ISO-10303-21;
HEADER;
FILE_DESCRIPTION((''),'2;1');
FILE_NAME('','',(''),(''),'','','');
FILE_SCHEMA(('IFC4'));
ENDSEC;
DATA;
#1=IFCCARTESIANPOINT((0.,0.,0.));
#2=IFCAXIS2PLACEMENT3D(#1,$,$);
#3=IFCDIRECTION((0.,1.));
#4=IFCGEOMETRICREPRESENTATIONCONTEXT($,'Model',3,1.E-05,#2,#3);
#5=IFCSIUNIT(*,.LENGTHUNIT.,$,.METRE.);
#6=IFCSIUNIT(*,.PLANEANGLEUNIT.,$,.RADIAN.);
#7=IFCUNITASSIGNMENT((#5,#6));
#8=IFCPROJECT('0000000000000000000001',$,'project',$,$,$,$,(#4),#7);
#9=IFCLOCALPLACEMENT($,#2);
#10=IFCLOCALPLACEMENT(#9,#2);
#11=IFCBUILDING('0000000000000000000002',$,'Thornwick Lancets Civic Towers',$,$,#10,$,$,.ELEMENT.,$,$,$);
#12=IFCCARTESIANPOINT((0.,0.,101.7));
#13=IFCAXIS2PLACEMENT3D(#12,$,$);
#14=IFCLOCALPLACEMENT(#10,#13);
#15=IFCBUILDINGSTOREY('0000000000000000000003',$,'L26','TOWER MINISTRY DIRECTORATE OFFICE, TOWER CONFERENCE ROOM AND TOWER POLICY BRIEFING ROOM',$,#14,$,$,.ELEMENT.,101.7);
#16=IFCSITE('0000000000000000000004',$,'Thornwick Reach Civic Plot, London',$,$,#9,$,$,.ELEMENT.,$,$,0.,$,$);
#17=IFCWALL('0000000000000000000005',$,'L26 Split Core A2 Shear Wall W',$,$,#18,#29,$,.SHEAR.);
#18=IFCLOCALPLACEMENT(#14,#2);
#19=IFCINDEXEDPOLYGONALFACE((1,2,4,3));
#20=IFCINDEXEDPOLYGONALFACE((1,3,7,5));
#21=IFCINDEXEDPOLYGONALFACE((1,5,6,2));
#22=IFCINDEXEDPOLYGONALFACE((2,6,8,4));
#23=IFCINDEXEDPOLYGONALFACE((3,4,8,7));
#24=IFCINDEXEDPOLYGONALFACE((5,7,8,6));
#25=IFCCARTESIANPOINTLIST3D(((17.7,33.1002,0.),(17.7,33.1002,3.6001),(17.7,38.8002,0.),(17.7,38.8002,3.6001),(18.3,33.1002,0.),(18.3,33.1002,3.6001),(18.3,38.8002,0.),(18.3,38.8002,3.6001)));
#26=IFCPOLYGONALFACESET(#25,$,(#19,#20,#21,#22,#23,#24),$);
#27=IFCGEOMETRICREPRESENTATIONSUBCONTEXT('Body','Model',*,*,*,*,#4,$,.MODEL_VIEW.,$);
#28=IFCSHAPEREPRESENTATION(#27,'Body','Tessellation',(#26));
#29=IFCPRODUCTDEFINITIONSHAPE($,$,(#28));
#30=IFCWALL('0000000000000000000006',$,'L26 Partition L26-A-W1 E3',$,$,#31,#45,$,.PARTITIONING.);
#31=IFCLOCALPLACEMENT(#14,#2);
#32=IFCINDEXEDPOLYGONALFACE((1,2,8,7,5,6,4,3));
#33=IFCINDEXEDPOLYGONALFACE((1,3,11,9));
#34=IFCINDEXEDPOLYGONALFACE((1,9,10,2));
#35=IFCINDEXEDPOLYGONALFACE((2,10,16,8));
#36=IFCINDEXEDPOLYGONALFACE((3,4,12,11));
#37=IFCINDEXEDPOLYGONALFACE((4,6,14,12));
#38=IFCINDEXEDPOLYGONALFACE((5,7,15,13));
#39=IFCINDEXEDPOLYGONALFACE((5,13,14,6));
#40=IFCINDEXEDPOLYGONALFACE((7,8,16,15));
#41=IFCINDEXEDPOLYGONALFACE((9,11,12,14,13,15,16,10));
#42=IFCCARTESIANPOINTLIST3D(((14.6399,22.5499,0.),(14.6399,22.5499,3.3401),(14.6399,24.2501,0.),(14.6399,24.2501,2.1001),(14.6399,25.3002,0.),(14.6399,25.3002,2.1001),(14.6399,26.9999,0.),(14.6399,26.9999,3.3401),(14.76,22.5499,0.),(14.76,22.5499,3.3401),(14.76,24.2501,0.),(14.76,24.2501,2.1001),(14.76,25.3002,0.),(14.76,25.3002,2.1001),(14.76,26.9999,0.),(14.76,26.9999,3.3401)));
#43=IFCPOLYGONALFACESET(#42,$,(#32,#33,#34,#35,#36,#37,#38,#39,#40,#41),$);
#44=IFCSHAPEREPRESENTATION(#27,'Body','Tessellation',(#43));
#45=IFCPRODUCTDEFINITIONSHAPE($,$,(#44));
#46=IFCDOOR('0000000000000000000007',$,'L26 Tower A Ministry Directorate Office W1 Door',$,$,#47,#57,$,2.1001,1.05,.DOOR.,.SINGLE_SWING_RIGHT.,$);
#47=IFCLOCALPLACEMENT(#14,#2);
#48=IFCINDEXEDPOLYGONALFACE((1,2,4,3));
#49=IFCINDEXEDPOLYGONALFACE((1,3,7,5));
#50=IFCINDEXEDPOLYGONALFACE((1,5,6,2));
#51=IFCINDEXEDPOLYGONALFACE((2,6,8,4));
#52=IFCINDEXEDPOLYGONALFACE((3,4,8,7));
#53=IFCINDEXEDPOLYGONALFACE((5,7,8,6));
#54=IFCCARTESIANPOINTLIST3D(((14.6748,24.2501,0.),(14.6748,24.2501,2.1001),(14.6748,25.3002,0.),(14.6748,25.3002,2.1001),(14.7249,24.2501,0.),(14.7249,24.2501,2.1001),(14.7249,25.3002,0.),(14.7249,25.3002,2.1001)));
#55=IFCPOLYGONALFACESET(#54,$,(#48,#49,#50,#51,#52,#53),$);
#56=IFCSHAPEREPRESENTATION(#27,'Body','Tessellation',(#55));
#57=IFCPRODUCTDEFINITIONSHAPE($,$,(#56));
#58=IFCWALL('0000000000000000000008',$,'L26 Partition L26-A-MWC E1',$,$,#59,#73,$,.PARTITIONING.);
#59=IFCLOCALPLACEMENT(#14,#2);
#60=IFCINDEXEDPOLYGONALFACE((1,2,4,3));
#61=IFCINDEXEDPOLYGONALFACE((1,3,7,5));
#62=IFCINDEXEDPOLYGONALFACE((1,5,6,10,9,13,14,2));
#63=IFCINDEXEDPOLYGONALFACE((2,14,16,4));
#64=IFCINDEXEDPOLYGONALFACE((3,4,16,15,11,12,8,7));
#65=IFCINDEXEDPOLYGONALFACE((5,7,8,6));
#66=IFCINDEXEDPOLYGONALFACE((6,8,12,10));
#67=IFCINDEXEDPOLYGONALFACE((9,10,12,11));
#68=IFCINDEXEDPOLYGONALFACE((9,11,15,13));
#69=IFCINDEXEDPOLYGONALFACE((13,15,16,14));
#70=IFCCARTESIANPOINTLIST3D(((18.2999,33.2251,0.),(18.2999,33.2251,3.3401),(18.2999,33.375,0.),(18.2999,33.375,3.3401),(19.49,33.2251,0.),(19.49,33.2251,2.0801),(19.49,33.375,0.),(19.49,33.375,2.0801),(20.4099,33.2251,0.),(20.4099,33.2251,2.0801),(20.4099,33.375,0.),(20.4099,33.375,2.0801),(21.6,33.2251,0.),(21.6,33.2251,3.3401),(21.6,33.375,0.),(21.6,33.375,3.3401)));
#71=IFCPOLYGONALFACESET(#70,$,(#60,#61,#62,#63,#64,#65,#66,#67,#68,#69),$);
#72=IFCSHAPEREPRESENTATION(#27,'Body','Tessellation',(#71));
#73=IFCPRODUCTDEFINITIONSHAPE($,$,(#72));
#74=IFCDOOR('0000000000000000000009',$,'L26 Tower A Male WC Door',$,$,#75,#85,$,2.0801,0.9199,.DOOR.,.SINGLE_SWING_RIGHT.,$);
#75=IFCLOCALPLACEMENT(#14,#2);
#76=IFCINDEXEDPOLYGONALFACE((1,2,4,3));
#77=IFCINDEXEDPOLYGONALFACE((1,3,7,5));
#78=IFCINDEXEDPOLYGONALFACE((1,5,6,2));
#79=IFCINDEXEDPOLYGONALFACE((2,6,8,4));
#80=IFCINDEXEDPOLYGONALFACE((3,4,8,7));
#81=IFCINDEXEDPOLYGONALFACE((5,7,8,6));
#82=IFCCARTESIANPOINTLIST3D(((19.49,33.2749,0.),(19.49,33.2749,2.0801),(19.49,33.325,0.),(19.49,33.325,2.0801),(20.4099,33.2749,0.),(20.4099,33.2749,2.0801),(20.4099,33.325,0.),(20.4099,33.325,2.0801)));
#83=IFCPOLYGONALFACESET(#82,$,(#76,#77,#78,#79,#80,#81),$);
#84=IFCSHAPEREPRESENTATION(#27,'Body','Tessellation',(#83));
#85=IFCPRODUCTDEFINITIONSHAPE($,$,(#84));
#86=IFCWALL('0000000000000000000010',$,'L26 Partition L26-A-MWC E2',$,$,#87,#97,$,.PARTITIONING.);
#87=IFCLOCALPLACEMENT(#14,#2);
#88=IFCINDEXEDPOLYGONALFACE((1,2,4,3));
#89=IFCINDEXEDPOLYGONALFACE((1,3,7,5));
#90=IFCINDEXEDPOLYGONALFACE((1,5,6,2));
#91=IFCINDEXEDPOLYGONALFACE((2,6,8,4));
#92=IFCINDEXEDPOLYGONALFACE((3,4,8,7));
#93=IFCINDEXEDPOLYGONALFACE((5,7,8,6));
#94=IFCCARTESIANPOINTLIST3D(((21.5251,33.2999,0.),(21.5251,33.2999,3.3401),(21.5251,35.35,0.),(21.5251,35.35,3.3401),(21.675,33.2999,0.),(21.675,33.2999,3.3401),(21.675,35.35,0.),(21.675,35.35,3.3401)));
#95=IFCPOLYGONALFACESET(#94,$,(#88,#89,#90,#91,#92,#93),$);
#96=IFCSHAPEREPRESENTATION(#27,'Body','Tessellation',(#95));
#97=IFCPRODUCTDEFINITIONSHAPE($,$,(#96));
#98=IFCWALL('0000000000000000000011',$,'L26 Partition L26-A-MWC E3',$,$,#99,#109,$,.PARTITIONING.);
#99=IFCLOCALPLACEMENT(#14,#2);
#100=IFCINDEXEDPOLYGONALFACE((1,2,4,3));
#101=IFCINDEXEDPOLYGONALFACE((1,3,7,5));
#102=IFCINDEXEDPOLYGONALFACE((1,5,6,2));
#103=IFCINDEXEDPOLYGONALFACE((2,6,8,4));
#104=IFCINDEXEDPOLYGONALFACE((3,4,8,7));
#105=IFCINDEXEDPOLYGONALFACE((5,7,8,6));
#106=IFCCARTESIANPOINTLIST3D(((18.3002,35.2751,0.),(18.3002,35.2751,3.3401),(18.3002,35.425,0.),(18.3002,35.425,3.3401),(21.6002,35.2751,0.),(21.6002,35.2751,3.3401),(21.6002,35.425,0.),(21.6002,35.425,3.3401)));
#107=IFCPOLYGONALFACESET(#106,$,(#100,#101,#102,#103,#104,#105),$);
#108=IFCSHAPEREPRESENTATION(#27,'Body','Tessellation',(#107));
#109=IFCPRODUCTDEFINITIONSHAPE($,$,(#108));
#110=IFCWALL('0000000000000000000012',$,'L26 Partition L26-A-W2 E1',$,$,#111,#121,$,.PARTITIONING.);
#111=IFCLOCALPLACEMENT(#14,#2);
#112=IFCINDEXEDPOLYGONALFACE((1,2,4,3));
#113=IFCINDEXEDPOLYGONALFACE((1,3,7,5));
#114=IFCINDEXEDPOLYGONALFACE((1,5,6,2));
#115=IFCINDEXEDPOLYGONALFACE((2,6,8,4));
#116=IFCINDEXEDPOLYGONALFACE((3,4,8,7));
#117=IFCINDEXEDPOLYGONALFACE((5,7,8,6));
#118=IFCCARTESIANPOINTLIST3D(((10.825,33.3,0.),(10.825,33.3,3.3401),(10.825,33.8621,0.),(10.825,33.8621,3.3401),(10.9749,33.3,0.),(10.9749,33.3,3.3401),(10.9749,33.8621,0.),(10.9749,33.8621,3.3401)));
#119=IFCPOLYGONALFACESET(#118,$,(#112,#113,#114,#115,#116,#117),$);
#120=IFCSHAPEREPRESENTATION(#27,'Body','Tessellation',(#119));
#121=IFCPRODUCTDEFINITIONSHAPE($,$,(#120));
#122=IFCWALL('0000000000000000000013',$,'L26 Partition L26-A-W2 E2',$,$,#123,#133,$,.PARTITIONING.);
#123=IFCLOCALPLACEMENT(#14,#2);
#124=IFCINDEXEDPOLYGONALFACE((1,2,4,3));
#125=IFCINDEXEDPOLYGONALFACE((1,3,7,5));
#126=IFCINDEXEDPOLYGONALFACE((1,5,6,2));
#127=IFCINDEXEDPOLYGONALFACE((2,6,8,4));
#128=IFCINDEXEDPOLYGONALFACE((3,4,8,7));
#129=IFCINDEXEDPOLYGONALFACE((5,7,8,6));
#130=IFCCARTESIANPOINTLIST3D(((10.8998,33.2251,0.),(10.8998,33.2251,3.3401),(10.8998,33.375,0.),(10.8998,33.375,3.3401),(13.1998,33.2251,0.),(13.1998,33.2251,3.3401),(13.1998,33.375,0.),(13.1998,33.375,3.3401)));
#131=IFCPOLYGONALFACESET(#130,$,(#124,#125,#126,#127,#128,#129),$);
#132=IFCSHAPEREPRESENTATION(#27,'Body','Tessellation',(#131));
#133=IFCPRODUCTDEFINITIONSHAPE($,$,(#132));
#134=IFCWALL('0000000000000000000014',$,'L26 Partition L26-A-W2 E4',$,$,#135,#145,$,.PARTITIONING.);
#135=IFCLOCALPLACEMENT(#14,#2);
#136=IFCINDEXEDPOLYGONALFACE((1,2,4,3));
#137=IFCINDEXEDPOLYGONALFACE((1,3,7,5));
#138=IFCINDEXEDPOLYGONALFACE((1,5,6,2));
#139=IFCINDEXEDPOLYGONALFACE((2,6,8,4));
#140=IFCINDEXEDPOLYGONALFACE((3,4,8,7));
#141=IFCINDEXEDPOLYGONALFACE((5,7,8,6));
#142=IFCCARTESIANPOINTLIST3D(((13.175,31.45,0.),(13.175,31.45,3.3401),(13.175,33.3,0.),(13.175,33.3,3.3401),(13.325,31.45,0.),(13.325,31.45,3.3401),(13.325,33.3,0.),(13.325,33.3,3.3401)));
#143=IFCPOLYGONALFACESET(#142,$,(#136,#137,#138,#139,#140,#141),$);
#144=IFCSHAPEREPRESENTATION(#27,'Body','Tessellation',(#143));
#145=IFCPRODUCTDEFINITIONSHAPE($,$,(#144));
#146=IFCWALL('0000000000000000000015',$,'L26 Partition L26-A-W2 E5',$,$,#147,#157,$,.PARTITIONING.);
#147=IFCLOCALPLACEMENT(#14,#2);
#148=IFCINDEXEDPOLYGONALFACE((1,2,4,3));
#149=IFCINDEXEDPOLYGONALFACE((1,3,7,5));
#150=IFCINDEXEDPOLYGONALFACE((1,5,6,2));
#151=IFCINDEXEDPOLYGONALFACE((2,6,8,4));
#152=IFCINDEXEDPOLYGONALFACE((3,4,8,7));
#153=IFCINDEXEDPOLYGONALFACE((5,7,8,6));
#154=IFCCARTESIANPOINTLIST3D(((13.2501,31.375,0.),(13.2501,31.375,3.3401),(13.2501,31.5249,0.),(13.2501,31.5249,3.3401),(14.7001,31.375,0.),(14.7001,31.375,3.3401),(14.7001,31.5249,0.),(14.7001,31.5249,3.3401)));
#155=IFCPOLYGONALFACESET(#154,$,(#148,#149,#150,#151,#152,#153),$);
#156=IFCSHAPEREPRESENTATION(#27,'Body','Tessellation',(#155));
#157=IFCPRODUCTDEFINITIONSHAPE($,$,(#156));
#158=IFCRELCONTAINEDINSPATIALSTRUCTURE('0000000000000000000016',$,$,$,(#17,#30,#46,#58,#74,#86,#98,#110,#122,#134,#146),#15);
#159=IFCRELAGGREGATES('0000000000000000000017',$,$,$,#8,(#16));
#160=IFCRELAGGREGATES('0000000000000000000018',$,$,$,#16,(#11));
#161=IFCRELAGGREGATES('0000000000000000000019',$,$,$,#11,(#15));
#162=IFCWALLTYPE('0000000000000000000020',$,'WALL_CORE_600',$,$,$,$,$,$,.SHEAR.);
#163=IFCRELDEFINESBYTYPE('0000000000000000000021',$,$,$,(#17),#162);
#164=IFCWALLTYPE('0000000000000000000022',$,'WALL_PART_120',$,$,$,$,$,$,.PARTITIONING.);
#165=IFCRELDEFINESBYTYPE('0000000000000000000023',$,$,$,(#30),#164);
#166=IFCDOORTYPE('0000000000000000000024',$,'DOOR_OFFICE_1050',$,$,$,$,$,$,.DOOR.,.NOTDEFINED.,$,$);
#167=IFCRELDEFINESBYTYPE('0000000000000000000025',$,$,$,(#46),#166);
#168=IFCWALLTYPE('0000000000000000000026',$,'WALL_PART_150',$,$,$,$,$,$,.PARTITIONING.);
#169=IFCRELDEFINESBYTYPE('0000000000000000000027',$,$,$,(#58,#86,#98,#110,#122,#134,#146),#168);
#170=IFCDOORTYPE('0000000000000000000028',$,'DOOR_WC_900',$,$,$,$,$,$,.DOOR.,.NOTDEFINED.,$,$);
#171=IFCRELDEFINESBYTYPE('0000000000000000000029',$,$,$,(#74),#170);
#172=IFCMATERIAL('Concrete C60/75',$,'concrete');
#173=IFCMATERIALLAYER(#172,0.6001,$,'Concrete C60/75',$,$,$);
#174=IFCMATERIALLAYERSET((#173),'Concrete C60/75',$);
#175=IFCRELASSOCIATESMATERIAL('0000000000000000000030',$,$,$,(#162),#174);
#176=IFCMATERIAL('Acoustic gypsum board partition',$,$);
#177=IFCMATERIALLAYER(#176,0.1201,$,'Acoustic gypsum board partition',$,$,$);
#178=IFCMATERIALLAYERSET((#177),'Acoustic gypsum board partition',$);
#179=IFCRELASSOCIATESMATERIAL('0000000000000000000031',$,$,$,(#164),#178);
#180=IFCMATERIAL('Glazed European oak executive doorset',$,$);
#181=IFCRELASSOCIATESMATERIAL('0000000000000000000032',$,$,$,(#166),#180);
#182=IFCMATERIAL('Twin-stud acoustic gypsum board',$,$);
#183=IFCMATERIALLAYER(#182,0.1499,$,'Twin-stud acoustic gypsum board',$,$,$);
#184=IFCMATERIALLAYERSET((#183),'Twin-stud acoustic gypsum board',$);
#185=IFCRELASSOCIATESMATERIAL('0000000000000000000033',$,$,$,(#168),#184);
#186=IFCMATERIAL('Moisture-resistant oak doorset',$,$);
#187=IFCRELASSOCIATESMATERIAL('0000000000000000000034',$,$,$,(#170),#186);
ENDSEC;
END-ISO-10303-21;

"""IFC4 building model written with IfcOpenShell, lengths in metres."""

from ifc_helpers import new_model, si_unit, direction, frame, frame_2d, origin, place, context, subcontext, project, spatial, rectangle, extrude, material, layer, layer_set, type_object, element, fill, save


model = new_model("IFC4")

# Units and contexts
model_context = context("Model", 3, precision=1e-05, world=origin(), true_north=direction((0.0, 1.0)))
body_context = subcontext(model_context, "Body", "Model", "MODEL_VIEW")
ifc_project = project(units=[si_unit("LENGTHUNIT", "METRE"), si_unit("PLANEANGLEUNIT", "RADIAN")], contexts=[model_context])

# Site, building, storey
site_placement = place(None, origin())
site = spatial("IfcSite", under=ifc_project, at=site_placement, Name="Thornwick Reach Civic Plot, London", CompositionType="ELEMENT", RefElevation=0.0)
building_placement = place(site_placement, origin())
building = spatial("IfcBuilding", under=site, at=building_placement, Name="Thornwick Lancets Civic Towers", CompositionType="ELEMENT")
storey_placement = place(building_placement, frame((0.0, 0.0, 101.7)))
storey = spatial("IfcBuildingStorey", under=building, at=storey_placement, Name="L26", Description="TOWER MINISTRY DIRECTORATE OFFICE, TOWER CONFERENCE ROOM AND TOWER POLICY BRIEFING ROOM", CompositionType="ELEMENT", Elevation=101.7)

# Shared definitions
ifc_material_1 = material(Name="Concrete C60/75", Category="concrete")

# Wall
ifc_layer_1 = layer(ifc_material_1, 0.6001, Name="Concrete C60/75")
ifc_layer_set_1 = layer_set([ifc_layer_1], Name="Concrete C60/75")
wall_type_1 = type_object("IfcWallType", Name="WALL_CORE_600", PredefinedType="SHEAR", material=ifc_layer_set_1)
wall_1_placement = place(storey_placement, frame((18.0, 33.1001, 0.0), z_axis=(0.0, 0.0, 1.0), x_axis=(0.0, 1.0, 0.0)))
element("IfcWall", 1, at=wall_1_placement, inside=storey, type_object=wall_type_1, Name="L26 Split Core A2 Shear Wall W", PredefinedType="SHEAR", context=body_context, shape_type="SweptSolid", body=[
    extrude(rectangle(XDim=5.7, YDim=0.6001, at=frame_2d((2.8501, 0.0))), origin(), (0.0, 0.0, 1.0), 3.6001),
])

# Walls, openings, doors
ifc_material_2 = material(Name="Acoustic gypsum board partition")
ifc_layer_2 = layer(ifc_material_2, 0.1201, Name="Acoustic gypsum board partition")
ifc_layer_set_2 = layer_set([ifc_layer_2], Name="Acoustic gypsum board partition")
wall_type_2 = type_object("IfcWallType", Name="WALL_PART_120", PredefinedType="PARTITIONING", material=ifc_layer_set_2)
wall_2_placement = place(storey_placement, frame((14.7, 27.0, 0.0), z_axis=(0.0, 0.0, 1.0), x_axis=(0.0, -1.0, 0.0)))
wall_2 = element("IfcWall", 2, at=wall_2_placement, inside=storey, type_object=wall_type_2, Name="L26 Partition L26-A-W1 E3", PredefinedType="PARTITIONING", context=body_context, shape_type="SweptSolid", body=[
    extrude(rectangle(XDim=4.45, YDim=0.1201, at=frame_2d((2.2251, 0.0))), origin(), (0.0, 0.0, 1.0), 3.3401),
])
opening_1_placement = place(wall_2_placement, frame((1.7, 0.0, 0.0)))
opening_1 = element("IfcOpeningElement", 3, at=opening_1_placement, cuts=wall_2, PredefinedType="OPENING", context=body_context, shape_type="SweptSolid", body=[
    extrude(rectangle(XDim=1.05, YDim=2.1001, at=frame_2d((0.5249, 1.05))), frame((0.0, 0.0701, 0.0), z_axis=(0.0, -1.0, 0.0), x_axis=(1.0, 0.0, 0.0)), (0.0, 0.0, 1.0), 0.1401),
])
ifc_material_3 = material(Name="Glazed European oak executive doorset")
door_type_1 = type_object("IfcDoorType", Name="DOOR_OFFICE_1050", OperationType="NOTDEFINED", PredefinedType="DOOR", material=ifc_material_3)
door_1_placement = place(opening_1_placement, origin())
door_1 = element("IfcDoor", 4, at=door_1_placement, inside=storey, type_object=door_type_1, Name="L26 Tower A Ministry Directorate Office W1 Door", OperationType="SINGLE_SWING_RIGHT", OverallHeight=2.1001, OverallWidth=1.05, PredefinedType="DOOR", context=body_context, shape_type="SweptSolid", body=[
    extrude(rectangle(XDim=1.05, YDim=2.1001, at=frame_2d((0.5249, 1.05))), frame((0.0, 0.0249, 0.0), z_axis=(0.0, -1.0, 0.0), x_axis=(1.0, 0.0, 0.0)), (0.0, 0.0, 1.0), 0.05),
])
fill(opening_1, door_1)
ifc_material_4 = material(Name="Twin-stud acoustic gypsum board")
ifc_layer_3 = layer(ifc_material_4, 0.1499, Name="Twin-stud acoustic gypsum board")
ifc_layer_set_3 = layer_set([ifc_layer_3], Name="Twin-stud acoustic gypsum board")
wall_type_3 = type_object("IfcWallType", Name="WALL_PART_150", PredefinedType="PARTITIONING", material=ifc_layer_set_3)
wall_3_placement = place(storey_placement, frame((18.3, 33.3, 0.0), z_axis=(0.0, 0.0, 1.0), x_axis=(1.0, 0.0, 0.0)))
wall_3 = element("IfcWall", 5, at=wall_3_placement, inside=storey, type_object=wall_type_3, Name="L26 Partition L26-A-MWC E1", PredefinedType="PARTITIONING", context=body_context, shape_type="SweptSolid", body=[
    extrude(rectangle(XDim=3.3, YDim=0.1499, at=frame_2d((1.6499, 0.0))), origin(), (0.0, 0.0, 1.0), 3.3401),
])
opening_2_placement = place(wall_3_placement, frame((1.1899, 0.0, 0.0)))
opening_2 = element("IfcOpeningElement", 6, at=opening_2_placement, cuts=wall_3, PredefinedType="OPENING", context=body_context, shape_type="SweptSolid", body=[
    extrude(rectangle(XDim=0.9199, YDim=2.0801, at=frame_2d((0.46, 1.04))), frame((0.0, 0.085, 0.0), z_axis=(0.0, -1.0, 0.0), x_axis=(1.0, 0.0, 0.0)), (0.0, 0.0, 1.0), 0.1699),
])
ifc_material_5 = material(Name="Moisture-resistant oak doorset")
door_type_2 = type_object("IfcDoorType", Name="DOOR_WC_900", OperationType="NOTDEFINED", PredefinedType="DOOR", material=ifc_material_5)
door_2_placement = place(opening_2_placement, origin())
door_2 = element("IfcDoor", 7, at=door_2_placement, inside=storey, type_object=door_type_2, Name="L26 Tower A Male WC Door", OperationType="SINGLE_SWING_RIGHT", OverallHeight=2.0801, OverallWidth=0.9199, PredefinedType="DOOR", context=body_context, shape_type="SweptSolid", body=[
    extrude(rectangle(XDim=0.9199, YDim=2.0801, at=frame_2d((0.46, 1.04))), frame((0.0, 0.0249, 0.0), z_axis=(0.0, -1.0, 0.0), x_axis=(1.0, 0.0, 0.0)), (0.0, 0.0, 1.0), 0.05),
])
fill(opening_2, door_2)

# Walls
wall_4_placement = place(storey_placement, frame((21.6001, 33.3, 0.0), z_axis=(0.0, 0.0, 1.0), x_axis=(0.0, 1.0, 0.0)))
element("IfcWall", 8, at=wall_4_placement, inside=storey, type_object=wall_type_3, Name="L26 Partition L26-A-MWC E2", PredefinedType="PARTITIONING", context=body_context, shape_type="SweptSolid", body=[
    extrude(rectangle(XDim=2.05, YDim=0.1499, at=frame_2d((1.0249, 0.0))), origin(), (0.0, 0.0, 1.0), 3.3401),
])
wall_5_placement = place(storey_placement, frame((21.6001, 35.3501, 0.0), z_axis=(0.0, 0.0, 1.0), x_axis=(-1.0, 0.0, 0.0)))
element("IfcWall", 9, at=wall_5_placement, inside=storey, type_object=wall_type_3, Name="L26 Partition L26-A-MWC E3", PredefinedType="PARTITIONING", context=body_context, shape_type="SweptSolid", body=[
    extrude(rectangle(XDim=3.3, YDim=0.1499, at=frame_2d((1.6499, 0.0))), origin(), (0.0, 0.0, 1.0), 3.3401),
])
wall_6_placement = place(storey_placement, frame((10.8999, 33.8621, 0.0), z_axis=(0.0, 0.0, 1.0), x_axis=(0.0, -1.0, 0.0)))
element("IfcWall", 10, at=wall_6_placement, inside=storey, type_object=wall_type_3, Name="L26 Partition L26-A-W2 E1", PredefinedType="PARTITIONING", context=body_context, shape_type="SweptSolid", body=[
    extrude(rectangle(XDim=0.562, YDim=0.1499, at=frame_2d((0.281, 0.0))), origin(), (0.0, 0.0, 1.0), 3.3401),
])
wall_7_placement = place(storey_placement, frame((10.8999, 33.3, 0.0), z_axis=(0.0, 0.0, 1.0), x_axis=(1.0, 0.0, 0.0)))
element("IfcWall", 11, at=wall_7_placement, inside=storey, type_object=wall_type_3, Name="L26 Partition L26-A-W2 E2", PredefinedType="PARTITIONING", context=body_context, shape_type="SweptSolid", body=[
    extrude(rectangle(XDim=2.3, YDim=0.1499, at=frame_2d((1.1499, 0.0))), origin(), (0.0, 0.0, 1.0), 3.3401),
])
wall_8_placement = place(storey_placement, frame((13.25, 33.3, 0.0), z_axis=(0.0, 0.0, 1.0), x_axis=(0.0, -1.0, 0.0)))
element("IfcWall", 12, at=wall_8_placement, inside=storey, type_object=wall_type_3, Name="L26 Partition L26-A-W2 E4", PredefinedType="PARTITIONING", context=body_context, shape_type="SweptSolid", body=[
    extrude(rectangle(XDim=1.8501, YDim=0.1499, at=frame_2d((0.925, 0.0))), origin(), (0.0, 0.0, 1.0), 3.3401),
])
wall_9_placement = place(storey_placement, frame((13.25, 31.45, 0.0), z_axis=(0.0, 0.0, 1.0), x_axis=(1.0, 0.0, 0.0)))
element("IfcWall", 13, at=wall_9_placement, inside=storey, type_object=wall_type_3, Name="L26 Partition L26-A-W2 E5", PredefinedType="PARTITIONING", context=body_context, shape_type="SweptSolid", body=[
    extrude(rectangle(XDim=1.45, YDim=0.1499, at=frame_2d((0.7251, 0.0))), origin(), (0.0, 0.0, 1.0), 3.3401),
])

save(model, "model.ifc")
